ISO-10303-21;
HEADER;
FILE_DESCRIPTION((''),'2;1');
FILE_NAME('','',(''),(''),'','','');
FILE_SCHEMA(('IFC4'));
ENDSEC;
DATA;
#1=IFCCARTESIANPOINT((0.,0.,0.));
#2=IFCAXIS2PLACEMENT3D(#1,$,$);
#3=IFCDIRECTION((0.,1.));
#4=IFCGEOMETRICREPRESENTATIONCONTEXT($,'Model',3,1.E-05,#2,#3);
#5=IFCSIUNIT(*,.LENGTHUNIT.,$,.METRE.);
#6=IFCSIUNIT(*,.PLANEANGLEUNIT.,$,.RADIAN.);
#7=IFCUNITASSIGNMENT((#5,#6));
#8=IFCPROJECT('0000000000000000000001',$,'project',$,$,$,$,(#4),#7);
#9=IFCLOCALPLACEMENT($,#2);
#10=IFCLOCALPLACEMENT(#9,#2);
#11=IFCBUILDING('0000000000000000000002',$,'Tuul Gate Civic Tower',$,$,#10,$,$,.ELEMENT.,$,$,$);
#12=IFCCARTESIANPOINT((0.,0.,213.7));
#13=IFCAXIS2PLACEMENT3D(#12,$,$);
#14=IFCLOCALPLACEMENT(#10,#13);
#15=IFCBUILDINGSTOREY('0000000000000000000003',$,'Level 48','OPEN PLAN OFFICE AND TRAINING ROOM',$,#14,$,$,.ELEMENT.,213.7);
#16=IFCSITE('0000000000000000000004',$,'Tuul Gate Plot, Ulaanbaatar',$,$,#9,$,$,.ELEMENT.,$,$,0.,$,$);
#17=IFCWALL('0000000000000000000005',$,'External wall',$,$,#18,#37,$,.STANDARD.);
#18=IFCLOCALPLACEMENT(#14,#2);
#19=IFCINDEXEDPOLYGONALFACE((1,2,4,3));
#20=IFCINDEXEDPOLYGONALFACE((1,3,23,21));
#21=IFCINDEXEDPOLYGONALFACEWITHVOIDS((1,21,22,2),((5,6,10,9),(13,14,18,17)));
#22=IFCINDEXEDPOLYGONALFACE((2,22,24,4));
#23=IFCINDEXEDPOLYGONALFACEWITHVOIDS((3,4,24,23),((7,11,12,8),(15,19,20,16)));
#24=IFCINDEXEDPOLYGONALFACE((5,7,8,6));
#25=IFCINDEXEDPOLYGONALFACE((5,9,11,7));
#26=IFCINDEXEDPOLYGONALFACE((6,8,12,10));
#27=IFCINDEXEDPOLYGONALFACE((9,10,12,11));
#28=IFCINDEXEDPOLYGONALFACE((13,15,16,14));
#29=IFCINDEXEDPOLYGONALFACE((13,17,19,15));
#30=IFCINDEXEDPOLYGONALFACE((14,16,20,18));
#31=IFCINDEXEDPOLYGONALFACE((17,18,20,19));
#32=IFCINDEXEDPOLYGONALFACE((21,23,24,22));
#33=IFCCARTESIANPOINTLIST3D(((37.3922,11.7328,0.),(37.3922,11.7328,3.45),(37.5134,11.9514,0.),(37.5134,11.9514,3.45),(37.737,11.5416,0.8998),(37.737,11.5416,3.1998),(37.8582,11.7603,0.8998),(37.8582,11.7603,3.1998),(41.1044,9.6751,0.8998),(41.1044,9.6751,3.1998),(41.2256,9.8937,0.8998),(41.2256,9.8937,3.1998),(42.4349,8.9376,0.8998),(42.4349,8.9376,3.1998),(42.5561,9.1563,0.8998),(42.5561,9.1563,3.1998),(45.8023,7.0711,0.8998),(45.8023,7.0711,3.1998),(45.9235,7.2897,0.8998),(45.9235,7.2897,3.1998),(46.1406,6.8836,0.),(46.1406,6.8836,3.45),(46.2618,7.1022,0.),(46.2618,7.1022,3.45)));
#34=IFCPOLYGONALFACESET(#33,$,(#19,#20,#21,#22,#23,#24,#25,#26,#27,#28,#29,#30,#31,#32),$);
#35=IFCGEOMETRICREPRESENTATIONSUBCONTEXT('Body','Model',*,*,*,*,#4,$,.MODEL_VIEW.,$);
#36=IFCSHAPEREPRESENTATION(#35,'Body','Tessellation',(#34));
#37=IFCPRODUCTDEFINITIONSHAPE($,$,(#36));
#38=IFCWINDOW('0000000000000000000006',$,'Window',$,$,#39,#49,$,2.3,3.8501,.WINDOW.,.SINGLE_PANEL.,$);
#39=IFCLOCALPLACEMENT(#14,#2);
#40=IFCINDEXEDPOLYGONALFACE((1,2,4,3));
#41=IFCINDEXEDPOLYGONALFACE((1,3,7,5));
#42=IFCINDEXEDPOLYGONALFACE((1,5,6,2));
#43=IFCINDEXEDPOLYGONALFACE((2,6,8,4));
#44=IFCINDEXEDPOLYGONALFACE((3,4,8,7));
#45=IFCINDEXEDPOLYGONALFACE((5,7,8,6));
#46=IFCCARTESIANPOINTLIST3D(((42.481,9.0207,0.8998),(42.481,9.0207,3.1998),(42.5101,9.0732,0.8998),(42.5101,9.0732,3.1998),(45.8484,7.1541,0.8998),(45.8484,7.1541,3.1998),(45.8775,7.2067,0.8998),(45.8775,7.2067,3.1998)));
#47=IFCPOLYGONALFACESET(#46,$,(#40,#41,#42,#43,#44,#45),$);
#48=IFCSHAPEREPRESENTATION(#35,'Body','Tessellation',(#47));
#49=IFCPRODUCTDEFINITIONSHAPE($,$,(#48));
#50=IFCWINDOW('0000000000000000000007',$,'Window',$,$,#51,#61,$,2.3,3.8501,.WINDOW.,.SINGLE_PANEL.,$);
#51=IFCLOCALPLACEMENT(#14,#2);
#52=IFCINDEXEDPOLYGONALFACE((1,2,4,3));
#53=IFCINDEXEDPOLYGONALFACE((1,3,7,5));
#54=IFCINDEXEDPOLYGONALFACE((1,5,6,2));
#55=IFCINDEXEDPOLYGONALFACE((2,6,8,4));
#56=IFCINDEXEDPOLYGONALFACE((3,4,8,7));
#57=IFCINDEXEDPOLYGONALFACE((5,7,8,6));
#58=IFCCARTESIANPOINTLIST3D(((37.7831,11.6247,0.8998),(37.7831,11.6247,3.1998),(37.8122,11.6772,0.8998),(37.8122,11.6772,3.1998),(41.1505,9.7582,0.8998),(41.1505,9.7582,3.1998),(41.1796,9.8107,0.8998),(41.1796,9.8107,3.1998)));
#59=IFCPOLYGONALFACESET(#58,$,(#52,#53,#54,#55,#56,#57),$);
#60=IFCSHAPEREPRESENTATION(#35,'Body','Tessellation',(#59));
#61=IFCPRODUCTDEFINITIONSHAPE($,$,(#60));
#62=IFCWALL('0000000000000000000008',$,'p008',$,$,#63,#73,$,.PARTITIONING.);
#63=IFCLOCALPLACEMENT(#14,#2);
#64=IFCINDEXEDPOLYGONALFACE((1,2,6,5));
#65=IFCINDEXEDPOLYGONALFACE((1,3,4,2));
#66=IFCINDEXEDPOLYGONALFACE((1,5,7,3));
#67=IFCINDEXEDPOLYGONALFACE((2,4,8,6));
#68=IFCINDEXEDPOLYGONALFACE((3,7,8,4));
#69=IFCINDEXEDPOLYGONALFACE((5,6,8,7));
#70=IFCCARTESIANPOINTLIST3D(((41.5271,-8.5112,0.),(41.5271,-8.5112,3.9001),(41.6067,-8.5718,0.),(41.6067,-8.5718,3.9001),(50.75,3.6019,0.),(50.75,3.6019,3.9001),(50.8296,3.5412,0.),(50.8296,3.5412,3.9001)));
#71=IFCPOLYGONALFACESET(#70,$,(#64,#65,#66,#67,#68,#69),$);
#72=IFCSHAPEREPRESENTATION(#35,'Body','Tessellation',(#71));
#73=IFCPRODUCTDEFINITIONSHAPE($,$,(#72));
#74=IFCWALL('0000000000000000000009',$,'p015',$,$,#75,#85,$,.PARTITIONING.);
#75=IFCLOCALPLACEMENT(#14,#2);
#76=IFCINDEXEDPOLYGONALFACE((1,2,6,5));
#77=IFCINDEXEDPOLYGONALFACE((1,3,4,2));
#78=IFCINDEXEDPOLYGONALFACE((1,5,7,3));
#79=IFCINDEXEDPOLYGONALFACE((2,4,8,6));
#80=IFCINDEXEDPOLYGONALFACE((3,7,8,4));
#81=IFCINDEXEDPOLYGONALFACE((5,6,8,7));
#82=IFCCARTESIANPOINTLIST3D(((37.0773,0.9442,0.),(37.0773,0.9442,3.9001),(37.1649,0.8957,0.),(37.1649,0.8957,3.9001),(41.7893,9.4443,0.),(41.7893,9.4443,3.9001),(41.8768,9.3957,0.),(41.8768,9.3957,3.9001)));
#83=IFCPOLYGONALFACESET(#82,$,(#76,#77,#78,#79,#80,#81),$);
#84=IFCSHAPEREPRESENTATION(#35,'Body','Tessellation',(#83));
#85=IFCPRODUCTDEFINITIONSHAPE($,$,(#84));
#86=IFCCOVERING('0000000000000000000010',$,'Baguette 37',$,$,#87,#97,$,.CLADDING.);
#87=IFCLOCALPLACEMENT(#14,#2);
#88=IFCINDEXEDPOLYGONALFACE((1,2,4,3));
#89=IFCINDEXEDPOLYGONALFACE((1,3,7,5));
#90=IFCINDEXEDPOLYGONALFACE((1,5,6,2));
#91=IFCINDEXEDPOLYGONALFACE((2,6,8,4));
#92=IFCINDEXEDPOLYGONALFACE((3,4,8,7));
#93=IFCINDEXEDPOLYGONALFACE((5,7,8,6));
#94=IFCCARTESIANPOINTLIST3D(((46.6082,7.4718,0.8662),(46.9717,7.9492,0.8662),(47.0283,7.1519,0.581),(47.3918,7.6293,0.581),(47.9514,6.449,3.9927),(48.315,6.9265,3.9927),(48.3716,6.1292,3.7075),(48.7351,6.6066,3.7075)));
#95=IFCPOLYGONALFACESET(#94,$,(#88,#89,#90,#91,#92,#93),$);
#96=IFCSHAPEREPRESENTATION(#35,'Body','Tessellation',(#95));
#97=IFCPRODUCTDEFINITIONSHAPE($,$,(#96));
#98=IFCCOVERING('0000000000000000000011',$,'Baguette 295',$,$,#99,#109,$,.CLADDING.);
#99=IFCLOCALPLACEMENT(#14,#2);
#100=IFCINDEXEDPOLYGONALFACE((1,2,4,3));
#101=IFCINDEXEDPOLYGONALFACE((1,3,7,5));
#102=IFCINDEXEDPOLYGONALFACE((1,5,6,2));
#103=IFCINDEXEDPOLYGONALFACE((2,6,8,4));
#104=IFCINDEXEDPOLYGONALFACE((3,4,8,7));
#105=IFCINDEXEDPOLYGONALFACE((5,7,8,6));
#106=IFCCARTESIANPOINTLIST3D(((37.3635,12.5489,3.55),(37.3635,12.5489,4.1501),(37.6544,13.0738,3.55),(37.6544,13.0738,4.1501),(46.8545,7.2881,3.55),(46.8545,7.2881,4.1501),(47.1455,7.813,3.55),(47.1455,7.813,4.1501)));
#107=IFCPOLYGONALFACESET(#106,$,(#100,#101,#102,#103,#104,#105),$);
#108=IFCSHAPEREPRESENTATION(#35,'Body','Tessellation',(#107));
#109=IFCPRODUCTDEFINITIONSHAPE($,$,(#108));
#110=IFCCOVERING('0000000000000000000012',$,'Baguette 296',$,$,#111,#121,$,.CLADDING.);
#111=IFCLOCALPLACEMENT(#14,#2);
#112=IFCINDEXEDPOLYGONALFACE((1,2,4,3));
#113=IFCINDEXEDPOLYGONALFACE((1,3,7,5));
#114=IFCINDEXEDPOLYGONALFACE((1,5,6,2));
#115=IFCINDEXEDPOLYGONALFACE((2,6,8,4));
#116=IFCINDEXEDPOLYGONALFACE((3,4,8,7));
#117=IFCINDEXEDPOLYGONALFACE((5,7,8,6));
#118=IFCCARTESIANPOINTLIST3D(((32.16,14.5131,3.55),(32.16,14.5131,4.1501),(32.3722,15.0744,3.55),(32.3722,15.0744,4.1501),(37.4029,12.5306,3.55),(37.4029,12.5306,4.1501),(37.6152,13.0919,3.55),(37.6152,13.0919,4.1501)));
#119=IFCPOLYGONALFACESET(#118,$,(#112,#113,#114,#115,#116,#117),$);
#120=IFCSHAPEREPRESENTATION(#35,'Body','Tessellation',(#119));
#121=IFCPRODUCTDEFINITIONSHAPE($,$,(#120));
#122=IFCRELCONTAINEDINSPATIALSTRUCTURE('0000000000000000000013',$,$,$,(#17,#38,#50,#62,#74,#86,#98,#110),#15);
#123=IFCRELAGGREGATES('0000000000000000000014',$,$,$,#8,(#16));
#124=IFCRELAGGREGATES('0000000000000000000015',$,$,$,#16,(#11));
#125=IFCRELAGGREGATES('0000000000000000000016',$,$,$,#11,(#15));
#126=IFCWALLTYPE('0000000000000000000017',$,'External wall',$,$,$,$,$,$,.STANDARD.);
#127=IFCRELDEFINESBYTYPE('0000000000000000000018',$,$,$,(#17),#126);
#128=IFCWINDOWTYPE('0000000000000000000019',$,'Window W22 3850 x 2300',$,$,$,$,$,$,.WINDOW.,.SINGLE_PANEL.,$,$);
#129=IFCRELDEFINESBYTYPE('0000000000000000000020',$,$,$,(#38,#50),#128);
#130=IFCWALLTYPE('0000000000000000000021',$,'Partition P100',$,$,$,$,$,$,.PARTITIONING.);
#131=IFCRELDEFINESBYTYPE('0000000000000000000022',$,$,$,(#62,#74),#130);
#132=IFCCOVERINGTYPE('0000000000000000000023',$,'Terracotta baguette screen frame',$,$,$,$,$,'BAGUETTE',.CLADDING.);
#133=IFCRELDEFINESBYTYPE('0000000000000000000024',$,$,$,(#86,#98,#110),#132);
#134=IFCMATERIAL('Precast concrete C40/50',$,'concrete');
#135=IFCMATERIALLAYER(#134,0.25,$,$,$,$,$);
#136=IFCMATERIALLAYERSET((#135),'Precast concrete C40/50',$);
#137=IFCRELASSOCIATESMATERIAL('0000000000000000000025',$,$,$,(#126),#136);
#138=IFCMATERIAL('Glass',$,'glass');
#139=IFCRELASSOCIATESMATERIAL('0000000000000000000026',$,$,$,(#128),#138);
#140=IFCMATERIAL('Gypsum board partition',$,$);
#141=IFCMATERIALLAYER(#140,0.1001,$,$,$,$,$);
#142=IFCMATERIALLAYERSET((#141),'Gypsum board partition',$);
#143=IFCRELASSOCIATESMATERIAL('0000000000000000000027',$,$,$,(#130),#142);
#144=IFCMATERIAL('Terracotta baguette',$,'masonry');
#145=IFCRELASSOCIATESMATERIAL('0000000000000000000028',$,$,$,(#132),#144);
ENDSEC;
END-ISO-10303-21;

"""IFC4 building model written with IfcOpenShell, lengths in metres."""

from ifc_helpers import new_model, si_unit, direction, frame, frame_2d, origin, origin_2d, place, context, subcontext, project, spatial, rectangle, extrude, material, layer, layer_set, material_profile, profile_set, type_object, element, fill, save


model = new_model("IFC4")

# Units and contexts
model_context = context("Model", 3, precision=1e-05, world=origin(), true_north=direction((0.0, 1.0)))
body_context = subcontext(model_context, "Body", "Model", "MODEL_VIEW")
ifc_project = project(units=[si_unit("LENGTHUNIT", "METRE"), si_unit("PLANEANGLEUNIT", "RADIAN")], contexts=[model_context])

# Site, building, storey
site_placement = place(None, origin())
site = spatial("IfcSite", under=ifc_project, at=site_placement, Name="Tuul Gate Plot, Ulaanbaatar", CompositionType="ELEMENT", RefElevation=0.0)
building_placement = place(site_placement, origin())
building = spatial("IfcBuilding", under=site, at=building_placement, Name="Tuul Gate Civic Tower", CompositionType="ELEMENT")
storey_placement = place(building_placement, frame((0.0, 0.0, 213.7)))
storey = spatial("IfcBuildingStorey", under=building, at=storey_placement, Name="Level 48", Description="OPEN PLAN OFFICE AND TRAINING ROOM", CompositionType="ELEMENT", Elevation=213.7)

# Wall, openings, windows
ifc_material_1 = material(Name="Precast concrete C40/50", Category="concrete")
ifc_layer_1 = layer(ifc_material_1, 0.25)
ifc_layer_set_1 = layer_set([ifc_layer_1], Name="Precast concrete C40/50")
wall_type_1 = type_object("IfcWallType", Name="External wall", PredefinedType="STANDARD", material=ifc_layer_set_1)
wall_1_placement = place(storey_placement, frame((46.2012, 6.9929, 0.0), z_axis=(0.0, 0.0, 1.0), x_axis=(-0.874625, 0.484799, 0.0)))
wall_1 = element("IfcWall", 1, at=wall_1_placement, inside=storey, type_object=wall_type_1, Name="External wall", PredefinedType="STANDARD", context=body_context, shape_type="SweptSolid", body=[
    extrude(rectangle(XDim=10.0024, YDim=0.25, at=frame_2d((5.0012, 0.0))), origin(), (0.0, 0.0, 1.0), 3.45),
])
opening_1_placement = place(wall_1_placement, frame((0.3867, 0.0, 0.8999)))
opening_1 = element("IfcOpeningElement", 2, at=opening_1_placement, cuts=wall_1, PredefinedType="OPENING", context=body_context, shape_type="SweptSolid", body=[
    extrude(rectangle(XDim=3.8501, YDim=2.3, at=frame_2d((1.925, 1.1499))), frame((0.0, 0.135, 0.0), z_axis=(0.0, -1.0, 0.0), x_axis=(1.0, 0.0, 0.0)), (0.0, 0.0, 1.0), 0.27),
])
opening_2_placement = place(wall_1_placement, frame((5.7581, 0.0, 0.8999)))
opening_2 = element("IfcOpeningElement", 3, at=opening_2_placement, cuts=wall_1, PredefinedType="OPENING", context=body_context, shape_type="SweptSolid", body=[
    extrude(rectangle(XDim=3.8501, YDim=2.3, at=frame_2d((1.925, 1.1499))), frame((0.0, 0.135, 0.0), z_axis=(0.0, -1.0, 0.0), x_axis=(1.0, 0.0, 0.0)), (0.0, 0.0, 1.0), 0.27),
])
ifc_material_2 = material(Name="Glass", Category="glass")
window_type = type_object("IfcWindowType", Name="Window W22 3850 x 2300", PartitioningType="SINGLE_PANEL", PredefinedType="WINDOW", material=ifc_material_2)
window_1_placement = place(opening_1_placement, origin())
window_1 = element("IfcWindow", 4, at=window_1_placement, inside=storey, type_object=window_type, Name="Window", OverallHeight=2.3, OverallWidth=3.8501, PartitioningType="SINGLE_PANEL", PredefinedType="WINDOW", context=body_context, shape_type="SweptSolid", body=[
    extrude(rectangle(XDim=3.8501, YDim=2.3, at=frame_2d((1.925, 1.1499))), frame((0.0, 0.03, 0.0), z_axis=(0.0, -1.0, 0.0), x_axis=(1.0, 0.0, 0.0)), (0.0, 0.0, 1.0), 0.0601),
])
fill(opening_1, window_1)
window_2_placement = place(opening_2_placement, origin())
window_2 = element("IfcWindow", 5, at=window_2_placement, inside=storey, type_object=window_type, Name="Window", OverallHeight=2.3, OverallWidth=3.8501, PartitioningType="SINGLE_PANEL", PredefinedType="WINDOW", context=body_context, shape_type="SweptSolid", body=[
    extrude(rectangle(XDim=3.8501, YDim=2.3, at=frame_2d((1.925, 1.1499))), frame((0.0, 0.03, 0.0), z_axis=(0.0, -1.0, 0.0), x_axis=(1.0, 0.0, 0.0)), (0.0, 0.0, 1.0), 0.0601),
])
fill(opening_2, window_2)

# Walls
ifc_material_3 = material(Name="Gypsum board partition")
ifc_layer_2 = layer(ifc_material_3, 0.1001)
ifc_layer_set_2 = layer_set([ifc_layer_2], Name="Gypsum board partition")
wall_type_2 = type_object("IfcWallType", Name="Partition P100", PredefinedType="PARTITIONING", material=ifc_layer_set_2)
wall_2_placement = place(storey_placement, frame((41.5669, -8.5415, 0.0), z_axis=(0.0, 0.0, 1.0), x_axis=(0.60579, 0.795624, 0.0)))
element("IfcWall", 6, at=wall_2_placement, inside=storey, type_object=wall_type_2, Name="p008", PredefinedType="PARTITIONING", context=body_context, shape_type="SweptSolid", body=[
    extrude(rectangle(XDim=15.2246, YDim=0.1001, at=frame_2d((7.6123, 0.0))), origin(), (0.0, 0.0, 1.0), 3.9001),
])
wall_3_placement = place(storey_placement, frame((37.1211, 0.9199, 0.0), z_axis=(0.0, 0.0, 1.0), x_axis=(0.484832, 0.874607, 0.0)))
element("IfcWall", 7, at=wall_3_placement, inside=storey, type_object=wall_type_2, Name="p015", PredefinedType="PARTITIONING", context=body_context, shape_type="SweptSolid", body=[
    extrude(rectangle(XDim=9.7188, YDim=0.1001, at=frame_2d((4.8594, 0.0))), origin(), (0.0, 0.0, 1.0), 3.9001),
])

# Coverings
ifc_material_4 = material(Name="Terracotta baguette", Category="masonry")
ifc_material_profile_1 = material_profile(ifc_material_4, rectangle(XDim=0.6001, YDim=0.6001, at=origin_2d()), Name="Terracotta baguette screen frame")
ifc_profile_set_1 = profile_set([ifc_material_profile_1], Name="Terracotta baguette")
covering_type = type_object("IfcCoveringType", Name="Terracotta baguette screen frame", ElementType="BAGUETTE", PredefinedType="CLADDING", material=ifc_profile_set_1)
covering_1_placement = place(storey_placement, frame((48.3433, 6.5278, 3.8501), z_axis=(-0.378045, 0.287828, -0.879907), x_axis=(-0.605769, -0.795641, 0.0)))
element("IfcCovering", 8, at=covering_1_placement, inside=storey, type_object=covering_type, Name="Baguette 37", PredefinedType="CLADDING", context=body_context, shape_type="SweptSolid", body=[
    extrude(rectangle(XDim=0.6001, YDim=0.6001, at=origin_2d()), origin(), (0.0, 0.0, 1.0), 3.5532),
])
covering_2_placement = place(storey_placement, frame((47.0, 7.5505, 3.8501), z_axis=(-0.874627, 0.484796, 0.0), x_axis=(-0.484796, -0.874627, 0.0)))
element("IfcCovering", 9, at=covering_2_placement, inside=storey, type_object=covering_type, Name="Baguette 295", PredefinedType="CLADDING", context=body_context, shape_type="SweptSolid", body=[
    extrude(rectangle(XDim=0.6001, YDim=0.6001, at=origin_2d()), origin(), (0.0, 0.0, 1.0), 10.8516),
])
covering_3_placement = place(storey_placement, frame((37.509, 12.8113, 3.8501), z_axis=(-0.935368, 0.353676, 0.0), x_axis=(-0.353676, -0.935368, 0.0)))
element("IfcCovering", 10, at=covering_3_placement, inside=storey, type_object=covering_type, Name="Baguette 296", PredefinedType="CLADDING", context=body_context, shape_type="SweptSolid", body=[
    extrude(rectangle(XDim=0.6001, YDim=0.6001, at=origin_2d()), origin(), (0.0, 0.0, 1.0), 5.6052),
])

save(model, "model.ifc")
